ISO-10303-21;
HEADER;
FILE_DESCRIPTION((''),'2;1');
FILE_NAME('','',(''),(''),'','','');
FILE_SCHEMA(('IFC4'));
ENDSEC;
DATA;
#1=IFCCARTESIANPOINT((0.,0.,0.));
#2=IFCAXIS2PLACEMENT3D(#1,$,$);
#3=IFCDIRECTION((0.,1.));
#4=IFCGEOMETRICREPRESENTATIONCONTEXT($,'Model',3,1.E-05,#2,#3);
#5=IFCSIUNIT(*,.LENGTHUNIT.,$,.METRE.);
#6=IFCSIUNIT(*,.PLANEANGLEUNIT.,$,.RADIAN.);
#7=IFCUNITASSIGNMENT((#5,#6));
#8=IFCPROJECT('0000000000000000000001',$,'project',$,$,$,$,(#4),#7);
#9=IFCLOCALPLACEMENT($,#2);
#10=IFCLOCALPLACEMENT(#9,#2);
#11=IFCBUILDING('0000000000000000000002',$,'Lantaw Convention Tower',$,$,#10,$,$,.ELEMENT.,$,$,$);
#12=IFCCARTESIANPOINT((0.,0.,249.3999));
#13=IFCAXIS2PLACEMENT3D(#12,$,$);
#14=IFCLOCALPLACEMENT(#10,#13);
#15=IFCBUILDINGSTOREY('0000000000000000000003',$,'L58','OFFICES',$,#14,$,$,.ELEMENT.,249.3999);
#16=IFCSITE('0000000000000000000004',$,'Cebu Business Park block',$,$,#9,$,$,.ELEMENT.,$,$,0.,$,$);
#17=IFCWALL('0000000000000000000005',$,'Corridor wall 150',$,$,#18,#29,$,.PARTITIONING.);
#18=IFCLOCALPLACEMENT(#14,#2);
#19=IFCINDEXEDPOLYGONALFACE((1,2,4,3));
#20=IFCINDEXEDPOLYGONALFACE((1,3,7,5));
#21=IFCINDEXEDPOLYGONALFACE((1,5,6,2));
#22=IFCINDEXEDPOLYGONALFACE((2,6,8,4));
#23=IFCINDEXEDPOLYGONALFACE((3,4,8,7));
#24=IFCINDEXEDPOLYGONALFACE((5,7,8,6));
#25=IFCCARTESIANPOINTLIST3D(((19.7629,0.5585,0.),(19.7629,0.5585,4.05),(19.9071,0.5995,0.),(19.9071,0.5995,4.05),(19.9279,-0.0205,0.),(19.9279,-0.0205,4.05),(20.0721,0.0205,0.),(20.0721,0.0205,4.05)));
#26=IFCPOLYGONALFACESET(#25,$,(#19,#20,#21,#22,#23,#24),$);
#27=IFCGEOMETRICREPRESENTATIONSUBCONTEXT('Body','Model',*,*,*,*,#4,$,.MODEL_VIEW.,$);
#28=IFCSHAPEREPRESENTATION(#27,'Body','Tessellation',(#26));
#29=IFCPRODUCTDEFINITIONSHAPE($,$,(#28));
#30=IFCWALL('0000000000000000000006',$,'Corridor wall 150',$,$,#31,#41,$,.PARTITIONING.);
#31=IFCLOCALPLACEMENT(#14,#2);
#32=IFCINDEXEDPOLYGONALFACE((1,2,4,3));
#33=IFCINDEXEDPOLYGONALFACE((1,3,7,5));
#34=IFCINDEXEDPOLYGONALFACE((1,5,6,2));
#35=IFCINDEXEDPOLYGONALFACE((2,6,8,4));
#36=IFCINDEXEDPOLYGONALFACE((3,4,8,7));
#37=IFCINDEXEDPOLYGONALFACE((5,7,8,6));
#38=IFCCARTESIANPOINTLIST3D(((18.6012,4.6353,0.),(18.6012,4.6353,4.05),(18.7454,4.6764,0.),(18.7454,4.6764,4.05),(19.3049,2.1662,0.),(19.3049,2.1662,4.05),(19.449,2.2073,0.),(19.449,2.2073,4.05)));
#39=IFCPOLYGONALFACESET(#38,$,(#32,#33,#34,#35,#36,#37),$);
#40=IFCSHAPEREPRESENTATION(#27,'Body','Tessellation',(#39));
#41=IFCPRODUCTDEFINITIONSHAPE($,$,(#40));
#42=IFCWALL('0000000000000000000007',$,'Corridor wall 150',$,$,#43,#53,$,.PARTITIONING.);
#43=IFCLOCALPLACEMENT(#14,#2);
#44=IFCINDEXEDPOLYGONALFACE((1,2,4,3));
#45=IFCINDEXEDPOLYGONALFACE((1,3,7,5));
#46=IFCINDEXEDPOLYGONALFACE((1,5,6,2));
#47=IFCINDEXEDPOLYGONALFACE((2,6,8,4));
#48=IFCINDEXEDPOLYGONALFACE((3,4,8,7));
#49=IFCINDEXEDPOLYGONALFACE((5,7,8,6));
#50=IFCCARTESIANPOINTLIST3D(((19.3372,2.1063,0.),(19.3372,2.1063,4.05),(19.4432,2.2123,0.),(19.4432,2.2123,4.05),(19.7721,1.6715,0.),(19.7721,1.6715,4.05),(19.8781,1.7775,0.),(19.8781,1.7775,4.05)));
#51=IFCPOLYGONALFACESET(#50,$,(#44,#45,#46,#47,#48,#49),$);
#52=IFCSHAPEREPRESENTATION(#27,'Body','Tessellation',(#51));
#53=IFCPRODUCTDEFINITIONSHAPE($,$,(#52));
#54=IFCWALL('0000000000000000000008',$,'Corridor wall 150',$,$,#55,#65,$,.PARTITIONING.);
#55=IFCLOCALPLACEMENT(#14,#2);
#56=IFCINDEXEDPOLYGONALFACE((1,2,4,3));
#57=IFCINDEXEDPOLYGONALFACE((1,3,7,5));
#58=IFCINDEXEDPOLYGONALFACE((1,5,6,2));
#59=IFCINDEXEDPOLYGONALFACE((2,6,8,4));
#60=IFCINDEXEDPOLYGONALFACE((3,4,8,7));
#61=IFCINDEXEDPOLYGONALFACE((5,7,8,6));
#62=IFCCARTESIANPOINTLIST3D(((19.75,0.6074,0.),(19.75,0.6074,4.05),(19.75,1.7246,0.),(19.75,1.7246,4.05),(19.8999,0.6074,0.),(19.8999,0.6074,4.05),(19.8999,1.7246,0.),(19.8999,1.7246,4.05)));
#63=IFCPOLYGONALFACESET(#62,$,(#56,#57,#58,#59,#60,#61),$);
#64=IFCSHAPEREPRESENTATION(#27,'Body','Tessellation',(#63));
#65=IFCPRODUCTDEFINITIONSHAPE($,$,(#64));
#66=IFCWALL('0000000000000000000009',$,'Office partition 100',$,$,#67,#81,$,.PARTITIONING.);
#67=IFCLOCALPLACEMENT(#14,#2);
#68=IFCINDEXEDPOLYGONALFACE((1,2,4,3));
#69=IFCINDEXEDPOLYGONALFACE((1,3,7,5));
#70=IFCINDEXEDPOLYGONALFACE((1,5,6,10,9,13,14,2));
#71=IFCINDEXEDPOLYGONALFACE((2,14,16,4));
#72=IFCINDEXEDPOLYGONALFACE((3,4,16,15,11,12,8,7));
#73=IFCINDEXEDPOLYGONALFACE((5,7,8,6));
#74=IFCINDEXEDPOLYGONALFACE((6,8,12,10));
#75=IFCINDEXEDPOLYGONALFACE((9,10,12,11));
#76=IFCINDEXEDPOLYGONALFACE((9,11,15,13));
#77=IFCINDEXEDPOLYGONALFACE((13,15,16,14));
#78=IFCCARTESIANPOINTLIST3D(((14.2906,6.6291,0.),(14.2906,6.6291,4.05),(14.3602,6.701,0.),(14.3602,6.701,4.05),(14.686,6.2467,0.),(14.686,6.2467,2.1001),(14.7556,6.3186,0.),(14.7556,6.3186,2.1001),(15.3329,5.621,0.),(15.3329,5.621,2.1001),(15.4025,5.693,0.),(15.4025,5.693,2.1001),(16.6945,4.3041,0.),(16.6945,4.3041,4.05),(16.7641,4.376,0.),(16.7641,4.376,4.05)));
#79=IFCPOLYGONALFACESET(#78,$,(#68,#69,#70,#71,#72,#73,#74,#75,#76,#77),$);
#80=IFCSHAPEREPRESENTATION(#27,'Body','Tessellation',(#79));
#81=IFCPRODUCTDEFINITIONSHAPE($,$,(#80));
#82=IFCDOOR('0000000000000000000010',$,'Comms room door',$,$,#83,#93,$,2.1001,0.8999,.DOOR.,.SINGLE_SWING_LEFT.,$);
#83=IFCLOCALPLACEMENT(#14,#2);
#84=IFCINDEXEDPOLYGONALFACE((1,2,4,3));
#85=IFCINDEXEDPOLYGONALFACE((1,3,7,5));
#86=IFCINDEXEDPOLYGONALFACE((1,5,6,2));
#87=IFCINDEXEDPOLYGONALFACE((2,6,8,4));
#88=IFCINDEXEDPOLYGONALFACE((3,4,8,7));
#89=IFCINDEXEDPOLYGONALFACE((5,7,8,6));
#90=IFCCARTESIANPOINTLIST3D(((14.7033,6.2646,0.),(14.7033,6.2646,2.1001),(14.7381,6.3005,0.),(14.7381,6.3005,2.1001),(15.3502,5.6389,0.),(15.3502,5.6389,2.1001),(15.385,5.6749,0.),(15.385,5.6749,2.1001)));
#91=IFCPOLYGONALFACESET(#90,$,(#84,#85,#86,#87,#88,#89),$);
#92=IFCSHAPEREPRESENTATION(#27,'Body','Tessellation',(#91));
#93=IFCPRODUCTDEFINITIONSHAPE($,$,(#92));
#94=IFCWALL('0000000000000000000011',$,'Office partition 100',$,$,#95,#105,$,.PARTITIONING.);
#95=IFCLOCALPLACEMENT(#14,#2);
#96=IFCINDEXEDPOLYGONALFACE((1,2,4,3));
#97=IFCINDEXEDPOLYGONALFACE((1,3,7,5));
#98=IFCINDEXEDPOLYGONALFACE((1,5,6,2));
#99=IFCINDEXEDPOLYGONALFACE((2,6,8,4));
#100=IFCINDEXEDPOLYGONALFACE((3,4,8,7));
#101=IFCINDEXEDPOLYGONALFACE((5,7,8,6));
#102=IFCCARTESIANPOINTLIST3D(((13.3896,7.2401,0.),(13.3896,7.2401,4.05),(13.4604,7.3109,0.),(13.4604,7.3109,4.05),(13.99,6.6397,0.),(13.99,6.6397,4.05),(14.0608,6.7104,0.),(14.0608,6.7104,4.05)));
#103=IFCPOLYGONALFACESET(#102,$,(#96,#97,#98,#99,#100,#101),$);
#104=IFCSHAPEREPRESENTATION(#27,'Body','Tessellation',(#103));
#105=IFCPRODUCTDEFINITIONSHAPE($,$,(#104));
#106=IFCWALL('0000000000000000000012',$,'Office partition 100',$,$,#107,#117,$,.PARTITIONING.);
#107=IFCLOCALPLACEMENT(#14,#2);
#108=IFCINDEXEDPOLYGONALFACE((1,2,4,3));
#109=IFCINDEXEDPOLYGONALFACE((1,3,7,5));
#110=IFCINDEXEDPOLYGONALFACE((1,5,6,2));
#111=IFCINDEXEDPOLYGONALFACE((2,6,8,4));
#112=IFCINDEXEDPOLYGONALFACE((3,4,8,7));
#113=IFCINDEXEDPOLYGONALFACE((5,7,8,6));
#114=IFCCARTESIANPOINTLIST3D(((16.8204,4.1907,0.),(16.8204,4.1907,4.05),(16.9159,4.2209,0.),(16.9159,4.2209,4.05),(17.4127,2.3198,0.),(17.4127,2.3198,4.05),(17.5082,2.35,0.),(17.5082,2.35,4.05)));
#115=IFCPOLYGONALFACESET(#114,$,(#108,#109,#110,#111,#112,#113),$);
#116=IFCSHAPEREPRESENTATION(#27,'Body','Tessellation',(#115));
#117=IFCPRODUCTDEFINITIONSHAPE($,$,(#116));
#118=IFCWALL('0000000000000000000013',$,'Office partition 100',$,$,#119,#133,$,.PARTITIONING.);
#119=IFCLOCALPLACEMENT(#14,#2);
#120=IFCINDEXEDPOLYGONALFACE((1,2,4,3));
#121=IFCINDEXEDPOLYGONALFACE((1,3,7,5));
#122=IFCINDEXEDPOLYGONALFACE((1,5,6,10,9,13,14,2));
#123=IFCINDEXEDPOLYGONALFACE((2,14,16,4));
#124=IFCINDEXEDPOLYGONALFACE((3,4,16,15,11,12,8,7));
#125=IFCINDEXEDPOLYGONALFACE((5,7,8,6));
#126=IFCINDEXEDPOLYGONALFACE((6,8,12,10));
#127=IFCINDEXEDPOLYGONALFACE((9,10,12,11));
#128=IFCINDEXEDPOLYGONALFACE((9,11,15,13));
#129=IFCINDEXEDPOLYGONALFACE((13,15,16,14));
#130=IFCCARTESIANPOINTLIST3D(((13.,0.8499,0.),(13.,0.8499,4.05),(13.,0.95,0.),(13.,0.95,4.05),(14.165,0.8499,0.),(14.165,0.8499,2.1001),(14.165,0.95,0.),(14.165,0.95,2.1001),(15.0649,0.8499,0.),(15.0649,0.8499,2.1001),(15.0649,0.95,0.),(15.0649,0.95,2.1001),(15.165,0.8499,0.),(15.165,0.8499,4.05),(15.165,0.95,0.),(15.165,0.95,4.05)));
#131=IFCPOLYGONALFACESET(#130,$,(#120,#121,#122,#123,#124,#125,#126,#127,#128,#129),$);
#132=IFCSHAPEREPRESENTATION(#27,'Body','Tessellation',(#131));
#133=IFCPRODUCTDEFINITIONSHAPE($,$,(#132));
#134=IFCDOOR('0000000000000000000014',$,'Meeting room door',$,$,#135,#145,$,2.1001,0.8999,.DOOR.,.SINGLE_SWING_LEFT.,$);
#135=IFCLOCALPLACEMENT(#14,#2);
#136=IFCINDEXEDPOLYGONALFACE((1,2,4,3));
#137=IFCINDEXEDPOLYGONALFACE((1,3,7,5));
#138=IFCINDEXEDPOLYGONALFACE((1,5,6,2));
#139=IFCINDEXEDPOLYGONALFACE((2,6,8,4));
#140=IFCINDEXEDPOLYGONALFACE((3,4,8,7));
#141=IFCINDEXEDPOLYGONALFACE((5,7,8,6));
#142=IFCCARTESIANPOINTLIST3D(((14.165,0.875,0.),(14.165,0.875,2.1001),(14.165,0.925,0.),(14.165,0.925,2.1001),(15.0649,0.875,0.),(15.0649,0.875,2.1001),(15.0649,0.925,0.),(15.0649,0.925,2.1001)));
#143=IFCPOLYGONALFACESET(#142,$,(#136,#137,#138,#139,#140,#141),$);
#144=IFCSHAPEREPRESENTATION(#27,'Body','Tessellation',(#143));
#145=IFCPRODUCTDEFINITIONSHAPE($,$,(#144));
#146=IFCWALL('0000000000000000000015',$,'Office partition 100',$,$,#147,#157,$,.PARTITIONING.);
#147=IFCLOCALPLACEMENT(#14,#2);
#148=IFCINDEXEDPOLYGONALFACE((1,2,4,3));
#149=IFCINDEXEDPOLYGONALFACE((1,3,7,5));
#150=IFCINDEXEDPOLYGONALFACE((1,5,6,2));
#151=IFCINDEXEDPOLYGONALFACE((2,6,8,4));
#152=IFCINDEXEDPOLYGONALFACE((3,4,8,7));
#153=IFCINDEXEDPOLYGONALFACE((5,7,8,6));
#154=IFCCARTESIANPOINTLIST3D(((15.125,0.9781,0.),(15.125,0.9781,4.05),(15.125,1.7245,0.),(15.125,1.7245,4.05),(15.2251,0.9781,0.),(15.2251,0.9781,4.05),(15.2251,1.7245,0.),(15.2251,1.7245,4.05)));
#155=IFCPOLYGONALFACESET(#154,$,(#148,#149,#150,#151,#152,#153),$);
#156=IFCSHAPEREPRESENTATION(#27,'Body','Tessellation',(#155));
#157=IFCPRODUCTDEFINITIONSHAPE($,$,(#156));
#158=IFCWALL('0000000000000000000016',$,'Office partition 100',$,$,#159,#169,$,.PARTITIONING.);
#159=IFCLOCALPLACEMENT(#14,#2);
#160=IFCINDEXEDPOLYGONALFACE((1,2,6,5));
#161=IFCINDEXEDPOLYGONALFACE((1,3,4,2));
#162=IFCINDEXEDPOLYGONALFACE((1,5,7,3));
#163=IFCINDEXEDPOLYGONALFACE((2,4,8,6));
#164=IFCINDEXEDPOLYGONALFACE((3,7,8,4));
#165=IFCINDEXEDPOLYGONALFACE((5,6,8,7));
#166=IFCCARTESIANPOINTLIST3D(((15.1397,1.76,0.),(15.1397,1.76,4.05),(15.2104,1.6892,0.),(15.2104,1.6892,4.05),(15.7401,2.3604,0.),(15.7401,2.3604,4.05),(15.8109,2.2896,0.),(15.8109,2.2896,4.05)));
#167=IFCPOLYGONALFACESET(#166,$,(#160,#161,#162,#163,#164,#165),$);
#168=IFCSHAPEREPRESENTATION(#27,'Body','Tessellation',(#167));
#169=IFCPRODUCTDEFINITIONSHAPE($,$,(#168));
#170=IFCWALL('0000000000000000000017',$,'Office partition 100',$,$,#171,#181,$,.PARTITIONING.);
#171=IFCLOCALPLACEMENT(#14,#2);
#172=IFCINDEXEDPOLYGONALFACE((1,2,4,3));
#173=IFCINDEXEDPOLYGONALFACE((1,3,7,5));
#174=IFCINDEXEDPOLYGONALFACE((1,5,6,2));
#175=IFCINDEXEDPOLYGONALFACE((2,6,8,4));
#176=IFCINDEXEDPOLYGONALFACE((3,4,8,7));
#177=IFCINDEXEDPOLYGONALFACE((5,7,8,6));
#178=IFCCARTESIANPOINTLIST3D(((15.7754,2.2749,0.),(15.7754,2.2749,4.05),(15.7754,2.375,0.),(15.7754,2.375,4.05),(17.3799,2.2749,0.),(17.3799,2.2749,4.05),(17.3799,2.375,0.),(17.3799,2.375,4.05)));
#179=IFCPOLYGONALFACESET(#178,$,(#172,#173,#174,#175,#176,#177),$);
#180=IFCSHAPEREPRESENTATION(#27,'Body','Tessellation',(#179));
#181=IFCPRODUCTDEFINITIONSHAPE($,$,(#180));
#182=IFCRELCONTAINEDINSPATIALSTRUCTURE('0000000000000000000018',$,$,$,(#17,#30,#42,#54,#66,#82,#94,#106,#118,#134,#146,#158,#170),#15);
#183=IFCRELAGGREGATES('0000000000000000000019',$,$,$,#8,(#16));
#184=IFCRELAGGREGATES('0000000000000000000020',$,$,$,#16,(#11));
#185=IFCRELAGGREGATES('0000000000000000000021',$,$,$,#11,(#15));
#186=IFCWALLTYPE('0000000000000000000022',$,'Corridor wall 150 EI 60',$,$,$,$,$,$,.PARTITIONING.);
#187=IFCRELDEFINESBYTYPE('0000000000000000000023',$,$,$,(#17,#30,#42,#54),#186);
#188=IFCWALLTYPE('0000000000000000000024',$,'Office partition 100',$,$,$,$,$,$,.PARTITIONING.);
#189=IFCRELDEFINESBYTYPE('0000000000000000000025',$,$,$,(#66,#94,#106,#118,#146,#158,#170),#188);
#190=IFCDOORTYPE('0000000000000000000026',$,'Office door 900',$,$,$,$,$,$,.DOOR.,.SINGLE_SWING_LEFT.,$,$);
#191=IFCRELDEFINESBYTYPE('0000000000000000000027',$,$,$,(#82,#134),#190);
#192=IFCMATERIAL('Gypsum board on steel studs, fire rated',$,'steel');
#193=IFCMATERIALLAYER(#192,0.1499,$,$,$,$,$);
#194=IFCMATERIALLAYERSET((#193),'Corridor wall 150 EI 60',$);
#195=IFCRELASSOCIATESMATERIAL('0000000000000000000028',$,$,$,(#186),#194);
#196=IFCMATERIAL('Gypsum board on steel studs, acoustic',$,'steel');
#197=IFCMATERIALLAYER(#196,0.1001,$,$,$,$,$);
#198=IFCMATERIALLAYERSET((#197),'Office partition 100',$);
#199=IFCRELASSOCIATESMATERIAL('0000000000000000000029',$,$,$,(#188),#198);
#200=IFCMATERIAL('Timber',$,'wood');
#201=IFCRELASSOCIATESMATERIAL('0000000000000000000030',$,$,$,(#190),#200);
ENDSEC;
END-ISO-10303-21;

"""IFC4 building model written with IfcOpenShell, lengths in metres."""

from ifc_helpers import new_model, si_unit, direction, frame, frame_2d, origin, place, context, subcontext, project, spatial, rectangle, extrude, material, layer, layer_set, type_object, element, fill, save


model = new_model("IFC4")

# Units and contexts
model_context = context("Model", 3, precision=1e-05, world=origin(), true_north=direction((0.0, 1.0)))
body_context = subcontext(model_context, "Body", "Model", "MODEL_VIEW")
ifc_project = project(units=[si_unit("LENGTHUNIT", "METRE"), si_unit("PLANEANGLEUNIT", "RADIAN")], contexts=[model_context])

# Site, building, storey
site_placement = place(None, origin())
site = spatial("IfcSite", under=ifc_project, at=site_placement, Name="Cebu Business Park block", CompositionType="ELEMENT", RefElevation=0.0)
building_placement = place(site_placement, origin())
building = spatial("IfcBuilding", under=site, at=building_placement, Name="Lantaw Convention Tower", CompositionType="ELEMENT")
storey_placement = place(building_placement, frame((0.0, 0.0, 249.3999)))
storey = spatial("IfcBuildingStorey", under=building, at=storey_placement, Name="L58", Description="OFFICES", CompositionType="ELEMENT", Elevation=249.3999)

# Shared definitions
ifc_material_1 = material(Name="Gypsum board on steel studs, fire rated", Category="steel")
ifc_layer_1 = layer(ifc_material_1, 0.1499)
ifc_layer_set_1 = layer_set([ifc_layer_1], Name="Corridor wall 150 EI 60")
wall_type_1 = type_object("IfcWallType", Name="Corridor wall 150 EI 60", PredefinedType="PARTITIONING", material=ifc_layer_set_1)

# Walls
wall_1_placement = place(storey_placement, frame((20.0, 0.0, 0.0), z_axis=(0.0, 0.0, 1.0), x_axis=(-0.274078, 0.961707, 0.0)))
element("IfcWall", 1, at=wall_1_placement, inside=storey, type_object=wall_type_1, Name="Corridor wall 150", PredefinedType="PARTITIONING", context=body_context, shape_type="SweptSolid", body=[
    extrude(rectangle(XDim=0.6021, YDim=0.1499, at=frame_2d((0.301, 0.0))), origin(), (0.0, 0.0, 1.0), 4.05),
])
wall_2_placement = place(storey_placement, frame((19.377, 2.1868, 0.0), z_axis=(0.0, 0.0, 1.0), x_axis=(-0.274068, 0.96171, 0.0)))
element("IfcWall", 2, at=wall_2_placement, inside=storey, type_object=wall_type_1, Name="Corridor wall 150", PredefinedType="PARTITIONING", context=body_context, shape_type="SweptSolid", body=[
    extrude(rectangle(XDim=2.5674, YDim=0.1499, at=frame_2d((1.2837, 0.0))), origin(), (0.0, 0.0, 1.0), 4.05),
])
wall_3_placement = place(storey_placement, frame((19.3901, 2.1594, 0.0), z_axis=(0.0, 0.0, 1.0), x_axis=(0.707107, -0.707107, 0.0)))
element("IfcWall", 3, at=wall_3_placement, inside=storey, type_object=wall_type_1, Name="Corridor wall 150", PredefinedType="PARTITIONING", context=body_context, shape_type="SweptSolid", body=[
    extrude(rectangle(XDim=0.615, YDim=0.1499, at=frame_2d((0.3076, 0.0))), origin(), (0.0, 0.0, 1.0), 4.05),
])
wall_4_placement = place(storey_placement, frame((19.825, 1.7246, 0.0), z_axis=(0.0, 0.0, 1.0), x_axis=(0.0, -1.0, 0.0)))
element("IfcWall", 4, at=wall_4_placement, inside=storey, type_object=wall_type_1, Name="Corridor wall 150", PredefinedType="PARTITIONING", context=body_context, shape_type="SweptSolid", body=[
    extrude(rectangle(XDim=1.1172, YDim=0.1499, at=frame_2d((0.5586, 0.0))), origin(), (0.0, 0.0, 1.0), 4.05),
])

# Wall, opening, door
ifc_material_2 = material(Name="Gypsum board on steel studs, acoustic", Category="steel")
ifc_layer_2 = layer(ifc_material_2, 0.1001)
ifc_layer_set_2 = layer_set([ifc_layer_2], Name="Office partition 100")
wall_type_2 = type_object("IfcWallType", Name="Office partition 100", PredefinedType="PARTITIONING", material=ifc_layer_set_2)
wall_5_placement = place(storey_placement, frame((14.3254, 6.665, 0.0), z_axis=(0.0, 0.0, 1.0), x_axis=(0.718799, -0.695218, 0.0)))
wall_5 = element("IfcWall", 5, at=wall_5_placement, inside=storey, type_object=wall_type_2, Name="Office partition 100", PredefinedType="PARTITIONING", context=body_context, shape_type="SweptSolid", body=[
    extrude(rectangle(XDim=3.3442, YDim=0.1001, at=frame_2d((1.6721, 0.0))), origin(), (0.0, 0.0, 1.0), 4.05),
])
opening_1_placement = place(wall_5_placement, frame((0.55, 0.0, 0.0)))
opening_1 = element("IfcOpeningElement", 6, at=opening_1_placement, cuts=wall_5, PredefinedType="OPENING", context=body_context, shape_type="SweptSolid", body=[
    extrude(rectangle(XDim=0.8999, YDim=2.1001, at=frame_2d((0.45, 1.05))), frame((0.0, 0.0601, 0.0), z_axis=(0.0, -1.0, 0.0), x_axis=(1.0, 0.0, 0.0)), (0.0, 0.0, 1.0), 0.1201),
])
ifc_material_3 = material(Name="Timber", Category="wood")
door_type_1 = type_object("IfcDoorType", Name="Office door 900", OperationType="SINGLE_SWING_LEFT", PredefinedType="DOOR", material=ifc_material_3)
door_1_placement = place(opening_1_placement, origin())
door_1 = element("IfcDoor", 7, at=door_1_placement, inside=storey, type_object=door_type_1, Name="Comms room door", OperationType="SINGLE_SWING_LEFT", OverallHeight=2.1001, OverallWidth=0.8999, PredefinedType="DOOR", context=body_context, shape_type="SweptSolid", body=[
    extrude(rectangle(XDim=0.8999, YDim=2.1001, at=frame_2d((0.45, 1.05))), frame((0.0, 0.0249, 0.0), z_axis=(0.0, -1.0, 0.0), x_axis=(1.0, 0.0, 0.0)), (0.0, 0.0, 1.0), 0.05),
])
fill(opening_1, door_1)

# Walls
wall_6_placement = place(storey_placement, frame((14.0254, 6.675, 0.0), z_axis=(0.0, 0.0, 1.0), x_axis=(-0.707107, 0.707107, 0.0)))
element("IfcWall", 8, at=wall_6_placement, inside=storey, type_object=wall_type_2, Name="Office partition 100", PredefinedType="PARTITIONING", context=body_context, shape_type="SweptSolid", body=[
    extrude(rectangle(XDim=0.8491, YDim=0.1001, at=frame_2d((0.4246, 0.0))), origin(), (0.0, 0.0, 1.0), 4.05),
])
wall_7_placement = place(storey_placement, frame((16.8682, 4.2058, 0.0), z_axis=(0.0, 0.0, 1.0), x_axis=(0.301822, -0.953364, 0.0)))
element("IfcWall", 9, at=wall_7_placement, inside=storey, type_object=wall_type_2, Name="Office partition 100", PredefinedType="PARTITIONING", context=body_context, shape_type="SweptSolid", body=[
    extrude(rectangle(XDim=1.9624, YDim=0.1001, at=frame_2d((0.9812, 0.0))), origin(), (0.0, 0.0, 1.0), 4.05),
])

# Wall, opening, door
wall_8_placement = place(storey_placement, frame((15.165, 0.8999, 0.0), z_axis=(0.0, 0.0, 1.0), x_axis=(-1.0, 0.0, 0.0)))
wall_8 = element("IfcWall", 10, at=wall_8_placement, inside=storey, type_object=wall_type_2, Name="Office partition 100", PredefinedType="PARTITIONING", context=body_context, shape_type="SweptSolid", body=[
    extrude(rectangle(XDim=2.165, YDim=0.1001, at=frame_2d((1.0825, 0.0))), origin(), (0.0, 0.0, 1.0), 4.05),
])
opening_2_placement = place(wall_8_placement, frame((0.1001, 0.0, 0.0)))
opening_2 = element("IfcOpeningElement", 11, at=opening_2_placement, cuts=wall_8, PredefinedType="OPENING", context=body_context, shape_type="SweptSolid", body=[
    extrude(rectangle(XDim=0.8999, YDim=2.1001, at=frame_2d((0.45, 1.05))), frame((0.0, 0.0601, 0.0), z_axis=(0.0, -1.0, 0.0), x_axis=(1.0, 0.0, 0.0)), (0.0, 0.0, 1.0), 0.1201),
])
door_2_placement = place(opening_2_placement, origin())
door_2 = element("IfcDoor", 12, at=door_2_placement, inside=storey, type_object=door_type_1, Name="Meeting room door", OperationType="SINGLE_SWING_LEFT", OverallHeight=2.1001, OverallWidth=0.8999, PredefinedType="DOOR", context=body_context, shape_type="SweptSolid", body=[
    extrude(rectangle(XDim=0.8999, YDim=2.1001, at=frame_2d((0.45, 1.05))), frame((0.0, 0.0249, 0.0), z_axis=(0.0, -1.0, 0.0), x_axis=(1.0, 0.0, 0.0)), (0.0, 0.0, 1.0), 0.05),
])
fill(opening_2, door_2)

# Walls
wall_9_placement = place(storey_placement, frame((15.175, 0.9783, 0.0), z_axis=(0.0, 0.0, 1.0), x_axis=(0.0, 1.0, 0.0)))
element("IfcWall", 13, at=wall_9_placement, inside=storey, type_object=wall_type_2, Name="Office partition 100", PredefinedType="PARTITIONING", context=body_context, shape_type="SweptSolid", body=[
    extrude(rectangle(XDim=0.7463, YDim=0.1001, at=frame_2d((0.373, 0.0))), origin(), (0.0, 0.0, 1.0), 4.05),
])
wall_10_placement = place(storey_placement, frame((15.175, 1.7246, 0.0), z_axis=(0.0, 0.0, 1.0), x_axis=(0.707107, 0.707107, 0.0)))
element("IfcWall", 14, at=wall_10_placement, inside=storey, type_object=wall_type_2, Name="Office partition 100", PredefinedType="PARTITIONING", context=body_context, shape_type="SweptSolid", body=[
    extrude(rectangle(XDim=0.8491, YDim=0.1001, at=frame_2d((0.4246, 0.0))), origin(), (0.0, 0.0, 1.0), 4.05),
])
wall_11_placement = place(storey_placement, frame((15.7754, 2.325, 0.0), z_axis=(0.0, 0.0, 1.0), x_axis=(1.0, 0.0, 0.0)))
element("IfcWall", 15, at=wall_11_placement, inside=storey, type_object=wall_type_2, Name="Office partition 100", PredefinedType="PARTITIONING", context=body_context, shape_type="SweptSolid", body=[
    extrude(rectangle(XDim=1.6045, YDim=0.1001, at=frame_2d((0.8022, 0.0))), origin(), (0.0, 0.0, 1.0), 4.05),
])

save(model, "model.ifc")
